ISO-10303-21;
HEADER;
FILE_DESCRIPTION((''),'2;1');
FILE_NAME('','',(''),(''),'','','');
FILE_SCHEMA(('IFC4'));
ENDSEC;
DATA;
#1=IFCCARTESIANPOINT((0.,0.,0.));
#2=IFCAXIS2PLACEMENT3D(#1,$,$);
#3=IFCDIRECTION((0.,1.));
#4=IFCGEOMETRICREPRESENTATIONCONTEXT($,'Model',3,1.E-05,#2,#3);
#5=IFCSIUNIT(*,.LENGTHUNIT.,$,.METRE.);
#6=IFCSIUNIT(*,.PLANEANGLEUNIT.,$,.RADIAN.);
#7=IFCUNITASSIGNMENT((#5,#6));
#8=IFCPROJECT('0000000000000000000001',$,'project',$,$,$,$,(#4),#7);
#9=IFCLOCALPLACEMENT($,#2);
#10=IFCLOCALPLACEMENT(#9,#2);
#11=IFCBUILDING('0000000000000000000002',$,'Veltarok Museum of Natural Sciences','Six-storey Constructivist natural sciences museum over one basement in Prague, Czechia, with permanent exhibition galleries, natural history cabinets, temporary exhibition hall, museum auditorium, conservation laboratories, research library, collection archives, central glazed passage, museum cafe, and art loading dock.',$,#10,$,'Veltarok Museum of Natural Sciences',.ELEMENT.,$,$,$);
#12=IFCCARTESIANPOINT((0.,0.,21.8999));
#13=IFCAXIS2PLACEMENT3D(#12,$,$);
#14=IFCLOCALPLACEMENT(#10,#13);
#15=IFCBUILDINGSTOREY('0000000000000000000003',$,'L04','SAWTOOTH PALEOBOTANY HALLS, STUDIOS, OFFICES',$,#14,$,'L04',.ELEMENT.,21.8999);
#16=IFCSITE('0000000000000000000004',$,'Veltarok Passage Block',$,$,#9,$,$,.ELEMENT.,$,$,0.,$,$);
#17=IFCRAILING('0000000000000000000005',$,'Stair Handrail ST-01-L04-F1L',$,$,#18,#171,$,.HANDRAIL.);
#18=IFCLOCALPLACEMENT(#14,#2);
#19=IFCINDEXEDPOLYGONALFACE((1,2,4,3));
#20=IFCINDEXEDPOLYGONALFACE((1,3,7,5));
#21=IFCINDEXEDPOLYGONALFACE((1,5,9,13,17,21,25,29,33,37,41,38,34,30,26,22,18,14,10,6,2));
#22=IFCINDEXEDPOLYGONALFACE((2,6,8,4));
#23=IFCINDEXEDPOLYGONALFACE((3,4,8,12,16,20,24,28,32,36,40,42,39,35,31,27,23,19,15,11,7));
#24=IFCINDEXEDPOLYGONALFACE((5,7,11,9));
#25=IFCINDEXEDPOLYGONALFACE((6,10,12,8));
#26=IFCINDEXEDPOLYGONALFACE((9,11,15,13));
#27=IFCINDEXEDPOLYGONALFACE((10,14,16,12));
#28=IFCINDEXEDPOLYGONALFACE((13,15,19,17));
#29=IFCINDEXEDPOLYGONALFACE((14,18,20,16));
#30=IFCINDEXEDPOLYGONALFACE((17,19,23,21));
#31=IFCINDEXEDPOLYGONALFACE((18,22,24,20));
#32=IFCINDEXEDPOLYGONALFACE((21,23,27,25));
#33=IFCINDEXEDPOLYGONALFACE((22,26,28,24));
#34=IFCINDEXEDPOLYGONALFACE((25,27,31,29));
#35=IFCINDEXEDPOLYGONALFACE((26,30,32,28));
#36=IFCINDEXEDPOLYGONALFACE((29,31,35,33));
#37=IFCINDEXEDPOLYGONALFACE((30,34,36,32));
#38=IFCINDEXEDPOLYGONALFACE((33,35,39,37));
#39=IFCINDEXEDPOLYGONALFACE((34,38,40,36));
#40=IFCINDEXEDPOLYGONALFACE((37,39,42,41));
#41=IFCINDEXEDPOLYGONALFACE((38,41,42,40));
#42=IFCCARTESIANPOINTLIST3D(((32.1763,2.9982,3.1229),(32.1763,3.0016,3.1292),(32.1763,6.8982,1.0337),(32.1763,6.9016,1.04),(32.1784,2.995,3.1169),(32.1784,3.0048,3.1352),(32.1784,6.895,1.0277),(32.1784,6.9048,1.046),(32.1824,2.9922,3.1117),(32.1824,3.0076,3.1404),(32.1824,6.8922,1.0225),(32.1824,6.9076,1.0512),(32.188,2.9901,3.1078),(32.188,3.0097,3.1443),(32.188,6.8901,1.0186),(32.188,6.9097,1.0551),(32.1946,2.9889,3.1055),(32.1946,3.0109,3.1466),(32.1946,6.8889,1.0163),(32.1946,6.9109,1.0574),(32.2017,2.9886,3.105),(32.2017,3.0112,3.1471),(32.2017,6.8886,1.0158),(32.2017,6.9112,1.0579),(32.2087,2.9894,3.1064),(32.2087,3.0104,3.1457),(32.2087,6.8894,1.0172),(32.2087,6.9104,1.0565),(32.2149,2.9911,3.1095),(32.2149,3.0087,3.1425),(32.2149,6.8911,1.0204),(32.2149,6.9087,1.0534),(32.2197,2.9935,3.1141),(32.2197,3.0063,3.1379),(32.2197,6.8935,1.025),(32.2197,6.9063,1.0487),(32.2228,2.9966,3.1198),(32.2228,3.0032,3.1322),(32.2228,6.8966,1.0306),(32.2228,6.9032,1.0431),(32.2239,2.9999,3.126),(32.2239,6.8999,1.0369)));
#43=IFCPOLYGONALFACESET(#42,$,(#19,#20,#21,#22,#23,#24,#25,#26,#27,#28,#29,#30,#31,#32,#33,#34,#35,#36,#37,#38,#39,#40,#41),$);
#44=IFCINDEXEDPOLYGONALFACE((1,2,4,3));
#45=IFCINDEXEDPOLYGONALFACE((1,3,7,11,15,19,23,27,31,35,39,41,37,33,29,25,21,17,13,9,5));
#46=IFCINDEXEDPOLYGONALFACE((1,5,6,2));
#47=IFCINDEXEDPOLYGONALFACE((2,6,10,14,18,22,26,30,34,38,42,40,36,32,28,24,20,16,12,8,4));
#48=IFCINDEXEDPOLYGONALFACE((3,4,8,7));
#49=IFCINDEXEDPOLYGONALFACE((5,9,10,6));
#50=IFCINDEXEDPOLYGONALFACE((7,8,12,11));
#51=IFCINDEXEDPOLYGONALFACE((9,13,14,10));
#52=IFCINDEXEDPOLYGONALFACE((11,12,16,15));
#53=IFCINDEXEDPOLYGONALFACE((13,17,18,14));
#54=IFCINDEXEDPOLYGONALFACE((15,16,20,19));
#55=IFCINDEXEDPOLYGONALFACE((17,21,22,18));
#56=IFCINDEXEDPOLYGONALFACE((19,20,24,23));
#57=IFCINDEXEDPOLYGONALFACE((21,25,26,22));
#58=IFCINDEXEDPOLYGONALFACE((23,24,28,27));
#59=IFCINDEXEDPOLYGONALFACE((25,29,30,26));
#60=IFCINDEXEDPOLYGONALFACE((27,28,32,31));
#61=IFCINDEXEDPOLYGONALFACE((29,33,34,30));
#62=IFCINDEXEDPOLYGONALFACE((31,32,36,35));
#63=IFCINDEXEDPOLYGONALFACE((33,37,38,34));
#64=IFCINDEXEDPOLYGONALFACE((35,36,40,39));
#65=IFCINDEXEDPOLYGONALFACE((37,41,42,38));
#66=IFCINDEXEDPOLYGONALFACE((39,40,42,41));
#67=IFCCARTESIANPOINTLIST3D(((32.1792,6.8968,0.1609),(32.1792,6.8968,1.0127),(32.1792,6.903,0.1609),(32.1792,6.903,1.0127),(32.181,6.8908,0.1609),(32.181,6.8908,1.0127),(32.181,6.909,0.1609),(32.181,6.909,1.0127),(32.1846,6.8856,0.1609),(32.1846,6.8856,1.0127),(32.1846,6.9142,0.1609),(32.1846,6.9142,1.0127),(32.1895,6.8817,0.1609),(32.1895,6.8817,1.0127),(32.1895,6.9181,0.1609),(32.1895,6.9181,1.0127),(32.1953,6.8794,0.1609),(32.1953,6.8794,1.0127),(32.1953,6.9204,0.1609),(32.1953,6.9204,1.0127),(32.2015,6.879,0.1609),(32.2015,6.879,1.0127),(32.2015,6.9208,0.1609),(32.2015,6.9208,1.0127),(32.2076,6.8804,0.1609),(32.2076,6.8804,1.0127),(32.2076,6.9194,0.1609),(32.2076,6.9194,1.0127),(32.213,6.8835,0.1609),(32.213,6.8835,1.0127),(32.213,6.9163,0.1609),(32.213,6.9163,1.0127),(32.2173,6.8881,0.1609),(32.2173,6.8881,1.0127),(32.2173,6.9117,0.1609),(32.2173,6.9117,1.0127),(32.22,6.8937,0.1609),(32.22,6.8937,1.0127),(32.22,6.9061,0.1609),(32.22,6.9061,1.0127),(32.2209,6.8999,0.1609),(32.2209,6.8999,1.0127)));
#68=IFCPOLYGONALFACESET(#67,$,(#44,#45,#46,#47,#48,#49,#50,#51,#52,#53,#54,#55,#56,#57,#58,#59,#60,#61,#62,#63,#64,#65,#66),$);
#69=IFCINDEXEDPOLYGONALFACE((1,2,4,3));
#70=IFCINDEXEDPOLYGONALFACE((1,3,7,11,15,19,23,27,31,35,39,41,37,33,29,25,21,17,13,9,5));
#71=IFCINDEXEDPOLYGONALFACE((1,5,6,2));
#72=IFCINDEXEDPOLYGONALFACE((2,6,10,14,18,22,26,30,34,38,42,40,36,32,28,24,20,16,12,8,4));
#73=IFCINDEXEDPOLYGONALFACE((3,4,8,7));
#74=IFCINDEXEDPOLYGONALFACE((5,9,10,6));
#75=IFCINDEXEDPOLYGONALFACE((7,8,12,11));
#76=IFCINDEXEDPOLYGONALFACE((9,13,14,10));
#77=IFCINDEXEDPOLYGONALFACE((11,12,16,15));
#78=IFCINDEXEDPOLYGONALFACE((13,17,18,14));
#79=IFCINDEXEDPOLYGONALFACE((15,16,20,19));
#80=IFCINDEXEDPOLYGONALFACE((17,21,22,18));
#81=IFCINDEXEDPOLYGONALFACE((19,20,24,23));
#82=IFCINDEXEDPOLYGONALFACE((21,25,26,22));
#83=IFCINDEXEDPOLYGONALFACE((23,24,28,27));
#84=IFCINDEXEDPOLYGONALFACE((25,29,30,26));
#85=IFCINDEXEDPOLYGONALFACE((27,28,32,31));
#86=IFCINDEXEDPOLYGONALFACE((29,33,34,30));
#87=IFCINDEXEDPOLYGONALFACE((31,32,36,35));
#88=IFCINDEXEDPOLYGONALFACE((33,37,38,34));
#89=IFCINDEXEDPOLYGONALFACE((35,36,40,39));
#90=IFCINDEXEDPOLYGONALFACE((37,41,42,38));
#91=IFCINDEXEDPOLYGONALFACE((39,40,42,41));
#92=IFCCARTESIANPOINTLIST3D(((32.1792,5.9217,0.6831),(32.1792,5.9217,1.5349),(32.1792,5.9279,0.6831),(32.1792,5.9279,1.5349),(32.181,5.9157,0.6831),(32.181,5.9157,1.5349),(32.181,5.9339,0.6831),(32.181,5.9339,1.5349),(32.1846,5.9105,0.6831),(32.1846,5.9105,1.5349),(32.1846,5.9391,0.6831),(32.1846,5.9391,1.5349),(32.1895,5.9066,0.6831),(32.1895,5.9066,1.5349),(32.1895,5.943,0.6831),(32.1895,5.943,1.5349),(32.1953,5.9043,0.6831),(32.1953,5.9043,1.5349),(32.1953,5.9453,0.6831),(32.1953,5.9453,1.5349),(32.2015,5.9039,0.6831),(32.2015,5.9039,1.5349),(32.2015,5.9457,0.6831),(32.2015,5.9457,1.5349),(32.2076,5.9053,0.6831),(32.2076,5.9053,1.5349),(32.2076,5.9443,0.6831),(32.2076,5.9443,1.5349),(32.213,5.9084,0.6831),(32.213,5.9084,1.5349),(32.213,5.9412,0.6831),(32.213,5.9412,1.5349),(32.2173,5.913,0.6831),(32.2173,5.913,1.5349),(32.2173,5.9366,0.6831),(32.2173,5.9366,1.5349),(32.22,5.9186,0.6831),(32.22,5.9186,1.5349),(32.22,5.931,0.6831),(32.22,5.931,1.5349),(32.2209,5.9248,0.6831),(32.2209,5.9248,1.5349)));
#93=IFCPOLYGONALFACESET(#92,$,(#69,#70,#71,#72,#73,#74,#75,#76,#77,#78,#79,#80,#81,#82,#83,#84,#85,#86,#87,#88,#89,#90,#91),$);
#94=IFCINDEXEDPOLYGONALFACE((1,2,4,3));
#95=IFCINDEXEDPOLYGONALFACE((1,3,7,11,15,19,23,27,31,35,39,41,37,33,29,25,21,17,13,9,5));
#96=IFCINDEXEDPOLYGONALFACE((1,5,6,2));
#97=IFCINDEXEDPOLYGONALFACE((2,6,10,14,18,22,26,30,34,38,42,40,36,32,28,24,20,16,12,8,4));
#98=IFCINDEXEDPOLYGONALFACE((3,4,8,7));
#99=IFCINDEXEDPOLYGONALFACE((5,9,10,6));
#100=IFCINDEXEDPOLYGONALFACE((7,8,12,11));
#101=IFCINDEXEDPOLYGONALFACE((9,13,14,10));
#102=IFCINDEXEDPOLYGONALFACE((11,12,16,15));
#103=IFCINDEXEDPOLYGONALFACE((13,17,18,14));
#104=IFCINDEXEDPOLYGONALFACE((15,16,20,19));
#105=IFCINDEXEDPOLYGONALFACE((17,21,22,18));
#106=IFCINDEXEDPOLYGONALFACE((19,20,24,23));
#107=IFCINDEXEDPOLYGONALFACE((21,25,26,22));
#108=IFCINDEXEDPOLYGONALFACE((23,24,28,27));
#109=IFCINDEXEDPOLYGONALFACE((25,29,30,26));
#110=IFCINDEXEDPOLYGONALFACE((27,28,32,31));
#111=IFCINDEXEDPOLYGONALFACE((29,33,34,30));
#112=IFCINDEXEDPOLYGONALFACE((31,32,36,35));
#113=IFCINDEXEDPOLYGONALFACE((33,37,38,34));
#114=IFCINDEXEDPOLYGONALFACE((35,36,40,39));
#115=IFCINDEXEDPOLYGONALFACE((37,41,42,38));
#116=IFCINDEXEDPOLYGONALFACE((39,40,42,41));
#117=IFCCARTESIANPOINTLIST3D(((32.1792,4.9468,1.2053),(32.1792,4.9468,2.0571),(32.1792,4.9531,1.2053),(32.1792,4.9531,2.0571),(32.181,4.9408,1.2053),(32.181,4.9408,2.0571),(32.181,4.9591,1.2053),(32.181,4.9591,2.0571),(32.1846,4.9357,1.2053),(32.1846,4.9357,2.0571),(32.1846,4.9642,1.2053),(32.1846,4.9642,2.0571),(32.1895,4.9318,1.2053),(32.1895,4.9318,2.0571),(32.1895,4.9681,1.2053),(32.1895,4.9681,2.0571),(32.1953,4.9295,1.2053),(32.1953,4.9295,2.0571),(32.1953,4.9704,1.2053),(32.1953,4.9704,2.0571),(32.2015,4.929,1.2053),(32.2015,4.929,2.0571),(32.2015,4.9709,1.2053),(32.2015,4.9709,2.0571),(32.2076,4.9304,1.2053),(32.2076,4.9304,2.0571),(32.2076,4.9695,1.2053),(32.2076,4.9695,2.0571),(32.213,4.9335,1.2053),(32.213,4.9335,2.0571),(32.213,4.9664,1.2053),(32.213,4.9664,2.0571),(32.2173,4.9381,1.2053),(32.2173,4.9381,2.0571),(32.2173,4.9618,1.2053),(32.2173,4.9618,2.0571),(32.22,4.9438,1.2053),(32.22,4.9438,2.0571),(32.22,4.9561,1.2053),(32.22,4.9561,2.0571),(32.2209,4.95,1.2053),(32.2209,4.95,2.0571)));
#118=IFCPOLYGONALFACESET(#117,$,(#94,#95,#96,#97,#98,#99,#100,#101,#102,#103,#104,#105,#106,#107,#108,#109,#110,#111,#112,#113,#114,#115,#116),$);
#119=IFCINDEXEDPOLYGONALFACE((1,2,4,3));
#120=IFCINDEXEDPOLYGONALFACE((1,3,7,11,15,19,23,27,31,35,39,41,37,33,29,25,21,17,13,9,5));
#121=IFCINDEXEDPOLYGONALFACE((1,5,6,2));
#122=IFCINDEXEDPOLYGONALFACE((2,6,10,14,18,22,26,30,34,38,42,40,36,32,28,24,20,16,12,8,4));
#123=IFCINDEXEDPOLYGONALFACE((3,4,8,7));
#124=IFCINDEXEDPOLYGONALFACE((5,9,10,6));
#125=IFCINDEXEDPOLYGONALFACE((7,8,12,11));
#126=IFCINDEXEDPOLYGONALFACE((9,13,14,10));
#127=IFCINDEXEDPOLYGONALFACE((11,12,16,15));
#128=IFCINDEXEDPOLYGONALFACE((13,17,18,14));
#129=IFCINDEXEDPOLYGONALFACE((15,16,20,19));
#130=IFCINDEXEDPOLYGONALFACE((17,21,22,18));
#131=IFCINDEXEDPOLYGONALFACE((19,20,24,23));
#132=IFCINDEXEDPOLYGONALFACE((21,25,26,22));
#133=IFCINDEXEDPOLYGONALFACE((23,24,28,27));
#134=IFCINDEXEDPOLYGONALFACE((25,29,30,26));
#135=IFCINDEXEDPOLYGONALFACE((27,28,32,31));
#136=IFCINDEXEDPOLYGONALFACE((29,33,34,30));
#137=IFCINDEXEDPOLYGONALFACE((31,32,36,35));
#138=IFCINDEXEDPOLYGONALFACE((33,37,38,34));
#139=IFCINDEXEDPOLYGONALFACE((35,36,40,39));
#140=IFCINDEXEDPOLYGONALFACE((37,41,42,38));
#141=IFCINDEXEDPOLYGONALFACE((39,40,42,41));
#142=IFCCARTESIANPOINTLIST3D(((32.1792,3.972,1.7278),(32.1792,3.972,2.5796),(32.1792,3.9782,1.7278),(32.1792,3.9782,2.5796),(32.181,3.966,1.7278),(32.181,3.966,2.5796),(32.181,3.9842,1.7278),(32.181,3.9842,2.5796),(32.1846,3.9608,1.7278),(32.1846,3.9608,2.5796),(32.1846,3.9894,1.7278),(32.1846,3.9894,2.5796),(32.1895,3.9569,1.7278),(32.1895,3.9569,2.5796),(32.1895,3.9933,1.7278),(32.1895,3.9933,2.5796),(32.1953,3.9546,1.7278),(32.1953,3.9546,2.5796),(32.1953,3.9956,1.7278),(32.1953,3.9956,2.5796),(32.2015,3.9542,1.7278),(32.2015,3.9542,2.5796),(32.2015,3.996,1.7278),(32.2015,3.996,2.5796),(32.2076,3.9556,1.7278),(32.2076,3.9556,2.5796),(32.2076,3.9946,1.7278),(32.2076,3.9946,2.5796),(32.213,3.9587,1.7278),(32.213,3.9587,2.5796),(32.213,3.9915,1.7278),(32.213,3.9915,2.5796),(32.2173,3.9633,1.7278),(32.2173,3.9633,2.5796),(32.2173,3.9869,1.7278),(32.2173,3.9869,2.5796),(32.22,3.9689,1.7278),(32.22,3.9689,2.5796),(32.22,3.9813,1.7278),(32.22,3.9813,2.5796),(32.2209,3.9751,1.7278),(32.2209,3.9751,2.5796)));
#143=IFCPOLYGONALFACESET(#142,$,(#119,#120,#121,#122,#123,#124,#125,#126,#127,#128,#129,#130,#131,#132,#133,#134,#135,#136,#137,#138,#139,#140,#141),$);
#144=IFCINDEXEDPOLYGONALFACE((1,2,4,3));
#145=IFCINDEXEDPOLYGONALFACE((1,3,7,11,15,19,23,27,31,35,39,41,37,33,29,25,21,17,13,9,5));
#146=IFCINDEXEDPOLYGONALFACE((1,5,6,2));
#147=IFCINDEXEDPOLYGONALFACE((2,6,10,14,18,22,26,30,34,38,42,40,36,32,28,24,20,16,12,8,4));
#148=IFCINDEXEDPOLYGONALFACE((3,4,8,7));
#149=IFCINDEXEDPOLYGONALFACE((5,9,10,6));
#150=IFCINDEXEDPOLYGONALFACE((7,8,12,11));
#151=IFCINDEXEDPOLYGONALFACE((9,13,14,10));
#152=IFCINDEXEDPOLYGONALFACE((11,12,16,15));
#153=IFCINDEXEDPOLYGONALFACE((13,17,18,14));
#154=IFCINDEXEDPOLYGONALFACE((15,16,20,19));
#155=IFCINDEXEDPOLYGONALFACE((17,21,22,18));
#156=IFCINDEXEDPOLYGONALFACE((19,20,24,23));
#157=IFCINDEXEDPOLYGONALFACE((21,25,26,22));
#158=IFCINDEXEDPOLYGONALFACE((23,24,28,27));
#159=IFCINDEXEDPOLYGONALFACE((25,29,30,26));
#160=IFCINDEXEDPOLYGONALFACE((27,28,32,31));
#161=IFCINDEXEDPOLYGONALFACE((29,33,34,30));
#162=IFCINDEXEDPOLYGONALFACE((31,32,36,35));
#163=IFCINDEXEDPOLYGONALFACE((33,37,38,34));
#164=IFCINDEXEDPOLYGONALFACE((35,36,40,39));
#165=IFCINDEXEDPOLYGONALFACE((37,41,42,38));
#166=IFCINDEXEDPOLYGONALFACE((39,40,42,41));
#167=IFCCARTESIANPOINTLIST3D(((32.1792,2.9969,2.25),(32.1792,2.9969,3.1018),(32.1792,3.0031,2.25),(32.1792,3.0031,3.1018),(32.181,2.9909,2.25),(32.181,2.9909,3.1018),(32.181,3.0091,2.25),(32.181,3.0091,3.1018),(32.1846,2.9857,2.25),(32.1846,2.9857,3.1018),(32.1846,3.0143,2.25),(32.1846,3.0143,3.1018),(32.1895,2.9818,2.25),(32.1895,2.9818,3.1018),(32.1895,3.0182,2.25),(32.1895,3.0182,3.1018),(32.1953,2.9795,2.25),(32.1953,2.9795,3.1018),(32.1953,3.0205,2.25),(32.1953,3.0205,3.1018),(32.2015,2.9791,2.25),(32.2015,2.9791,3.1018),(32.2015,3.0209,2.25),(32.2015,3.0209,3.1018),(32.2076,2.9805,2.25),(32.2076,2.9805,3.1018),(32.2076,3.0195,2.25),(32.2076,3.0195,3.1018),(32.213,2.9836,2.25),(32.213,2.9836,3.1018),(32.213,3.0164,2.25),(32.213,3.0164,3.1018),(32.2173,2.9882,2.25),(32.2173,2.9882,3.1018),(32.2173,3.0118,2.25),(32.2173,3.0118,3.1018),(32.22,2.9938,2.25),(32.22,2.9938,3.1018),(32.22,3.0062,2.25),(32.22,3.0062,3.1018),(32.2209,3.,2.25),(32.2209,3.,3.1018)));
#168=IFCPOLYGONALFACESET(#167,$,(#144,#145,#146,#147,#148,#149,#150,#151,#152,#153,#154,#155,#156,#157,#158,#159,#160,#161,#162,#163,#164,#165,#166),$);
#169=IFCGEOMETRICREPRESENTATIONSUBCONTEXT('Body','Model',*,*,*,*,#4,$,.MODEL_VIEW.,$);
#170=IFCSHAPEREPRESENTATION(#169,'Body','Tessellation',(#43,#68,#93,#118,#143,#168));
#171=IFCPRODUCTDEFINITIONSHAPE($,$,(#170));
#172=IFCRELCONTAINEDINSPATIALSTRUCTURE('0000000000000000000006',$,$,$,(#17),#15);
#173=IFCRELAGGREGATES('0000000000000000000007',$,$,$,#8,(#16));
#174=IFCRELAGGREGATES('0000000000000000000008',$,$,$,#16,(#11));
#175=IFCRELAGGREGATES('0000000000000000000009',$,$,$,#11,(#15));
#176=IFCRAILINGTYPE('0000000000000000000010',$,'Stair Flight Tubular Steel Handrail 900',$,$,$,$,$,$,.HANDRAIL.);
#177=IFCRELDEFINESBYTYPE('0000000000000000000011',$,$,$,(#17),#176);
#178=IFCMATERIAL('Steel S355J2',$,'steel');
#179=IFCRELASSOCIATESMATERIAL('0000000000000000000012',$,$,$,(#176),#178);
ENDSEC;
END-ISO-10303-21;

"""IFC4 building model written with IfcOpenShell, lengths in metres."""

from ifc_helpers import new_model, si_unit, direction, frame, origin, origin_2d, place, context, subcontext, project, spatial, circle, extrude, material, type_object, element, save


model = new_model("IFC4")

# Units and contexts
model_context = context("Model", 3, precision=1e-05, world=origin(), true_north=direction((0.0, 1.0)))
body_context = subcontext(model_context, "Body", "Model", "MODEL_VIEW")
ifc_project = project(units=[si_unit("LENGTHUNIT", "METRE"), si_unit("PLANEANGLEUNIT", "RADIAN")], contexts=[model_context])

# Site, building, storey
site_placement = place(None, origin())
site = spatial("IfcSite", under=ifc_project, at=site_placement, Name="Veltarok Passage Block", CompositionType="ELEMENT", RefElevation=0.0)
building_placement = place(site_placement, origin())
building = spatial("IfcBuilding", under=site, at=building_placement, Name="Veltarok Museum of Natural Sciences", Description="Six-storey Constructivist natural sciences museum over one basement in Prague, Czechia, with permanent exhibition galleries, natural history cabinets, temporary exhibition hall, museum auditorium, conservation laboratories, research library, collection archives, central glazed passage, museum cafe, and art loading dock.", LongName="Veltarok Museum of Natural Sciences", CompositionType="ELEMENT")
storey_placement = place(building_placement, frame((0.0, 0.0, 21.8999)))
storey = spatial("IfcBuildingStorey", under=building, at=storey_placement, Name="L04", Description="SAWTOOTH PALEOBOTANY HALLS, STUDIOS, OFFICES", LongName="L04", CompositionType="ELEMENT", Elevation=21.8999)

# Shared definitions
ifc_material_1 = material(Name="Steel S355J2", Category="steel")

# Railing
railing_type_1 = type_object("IfcRailingType", Name="Stair Flight Tubular Steel Handrail 900", PredefinedType="HANDRAIL", material=ifc_material_1)
for number, where, name in (
    (1, (32.2, 6.8999, 0.1609), "Stair Handrail ST-01-L04-F1L"),
):
    element("IfcRailing", number, at=place(storey_placement, frame(where)), inside=storey, type_object=railing_type_1, Name=name, PredefinedType="HANDRAIL", context=body_context, shape_type="SweptSolid", body=[
        extrude(circle(Radius=0.0239, at=origin_2d()), frame((0.0, 0.0, 0.876), z_axis=(0.0, -0.881491, 0.4722), x_axis=(1.0, 0.0, 0.0)), (0.0, 0.0, 1.0), 4.4243),
        extrude(circle(Radius=0.021, at=origin_2d()), origin(), (0.0, 0.0, 1.0), 0.8518),
        extrude(circle(Radius=0.021, at=origin_2d()), frame((0.0, -0.9751, 0.5222)), (0.0, 0.0, 1.0), 0.8518),
        extrude(circle(Radius=0.021, at=origin_2d()), frame((0.0, -1.95, 1.0444)), (0.0, 0.0, 1.0), 0.8518),
        extrude(circle(Radius=0.021, at=origin_2d()), frame((0.0, -2.9248, 1.5669)), (0.0, 0.0, 1.0), 0.8518),
        extrude(circle(Radius=0.021, at=origin_2d()), frame((0.0, -3.8999, 2.0891)), (0.0, 0.0, 1.0), 0.8518),
    ])

save(model, "model.ifc")
